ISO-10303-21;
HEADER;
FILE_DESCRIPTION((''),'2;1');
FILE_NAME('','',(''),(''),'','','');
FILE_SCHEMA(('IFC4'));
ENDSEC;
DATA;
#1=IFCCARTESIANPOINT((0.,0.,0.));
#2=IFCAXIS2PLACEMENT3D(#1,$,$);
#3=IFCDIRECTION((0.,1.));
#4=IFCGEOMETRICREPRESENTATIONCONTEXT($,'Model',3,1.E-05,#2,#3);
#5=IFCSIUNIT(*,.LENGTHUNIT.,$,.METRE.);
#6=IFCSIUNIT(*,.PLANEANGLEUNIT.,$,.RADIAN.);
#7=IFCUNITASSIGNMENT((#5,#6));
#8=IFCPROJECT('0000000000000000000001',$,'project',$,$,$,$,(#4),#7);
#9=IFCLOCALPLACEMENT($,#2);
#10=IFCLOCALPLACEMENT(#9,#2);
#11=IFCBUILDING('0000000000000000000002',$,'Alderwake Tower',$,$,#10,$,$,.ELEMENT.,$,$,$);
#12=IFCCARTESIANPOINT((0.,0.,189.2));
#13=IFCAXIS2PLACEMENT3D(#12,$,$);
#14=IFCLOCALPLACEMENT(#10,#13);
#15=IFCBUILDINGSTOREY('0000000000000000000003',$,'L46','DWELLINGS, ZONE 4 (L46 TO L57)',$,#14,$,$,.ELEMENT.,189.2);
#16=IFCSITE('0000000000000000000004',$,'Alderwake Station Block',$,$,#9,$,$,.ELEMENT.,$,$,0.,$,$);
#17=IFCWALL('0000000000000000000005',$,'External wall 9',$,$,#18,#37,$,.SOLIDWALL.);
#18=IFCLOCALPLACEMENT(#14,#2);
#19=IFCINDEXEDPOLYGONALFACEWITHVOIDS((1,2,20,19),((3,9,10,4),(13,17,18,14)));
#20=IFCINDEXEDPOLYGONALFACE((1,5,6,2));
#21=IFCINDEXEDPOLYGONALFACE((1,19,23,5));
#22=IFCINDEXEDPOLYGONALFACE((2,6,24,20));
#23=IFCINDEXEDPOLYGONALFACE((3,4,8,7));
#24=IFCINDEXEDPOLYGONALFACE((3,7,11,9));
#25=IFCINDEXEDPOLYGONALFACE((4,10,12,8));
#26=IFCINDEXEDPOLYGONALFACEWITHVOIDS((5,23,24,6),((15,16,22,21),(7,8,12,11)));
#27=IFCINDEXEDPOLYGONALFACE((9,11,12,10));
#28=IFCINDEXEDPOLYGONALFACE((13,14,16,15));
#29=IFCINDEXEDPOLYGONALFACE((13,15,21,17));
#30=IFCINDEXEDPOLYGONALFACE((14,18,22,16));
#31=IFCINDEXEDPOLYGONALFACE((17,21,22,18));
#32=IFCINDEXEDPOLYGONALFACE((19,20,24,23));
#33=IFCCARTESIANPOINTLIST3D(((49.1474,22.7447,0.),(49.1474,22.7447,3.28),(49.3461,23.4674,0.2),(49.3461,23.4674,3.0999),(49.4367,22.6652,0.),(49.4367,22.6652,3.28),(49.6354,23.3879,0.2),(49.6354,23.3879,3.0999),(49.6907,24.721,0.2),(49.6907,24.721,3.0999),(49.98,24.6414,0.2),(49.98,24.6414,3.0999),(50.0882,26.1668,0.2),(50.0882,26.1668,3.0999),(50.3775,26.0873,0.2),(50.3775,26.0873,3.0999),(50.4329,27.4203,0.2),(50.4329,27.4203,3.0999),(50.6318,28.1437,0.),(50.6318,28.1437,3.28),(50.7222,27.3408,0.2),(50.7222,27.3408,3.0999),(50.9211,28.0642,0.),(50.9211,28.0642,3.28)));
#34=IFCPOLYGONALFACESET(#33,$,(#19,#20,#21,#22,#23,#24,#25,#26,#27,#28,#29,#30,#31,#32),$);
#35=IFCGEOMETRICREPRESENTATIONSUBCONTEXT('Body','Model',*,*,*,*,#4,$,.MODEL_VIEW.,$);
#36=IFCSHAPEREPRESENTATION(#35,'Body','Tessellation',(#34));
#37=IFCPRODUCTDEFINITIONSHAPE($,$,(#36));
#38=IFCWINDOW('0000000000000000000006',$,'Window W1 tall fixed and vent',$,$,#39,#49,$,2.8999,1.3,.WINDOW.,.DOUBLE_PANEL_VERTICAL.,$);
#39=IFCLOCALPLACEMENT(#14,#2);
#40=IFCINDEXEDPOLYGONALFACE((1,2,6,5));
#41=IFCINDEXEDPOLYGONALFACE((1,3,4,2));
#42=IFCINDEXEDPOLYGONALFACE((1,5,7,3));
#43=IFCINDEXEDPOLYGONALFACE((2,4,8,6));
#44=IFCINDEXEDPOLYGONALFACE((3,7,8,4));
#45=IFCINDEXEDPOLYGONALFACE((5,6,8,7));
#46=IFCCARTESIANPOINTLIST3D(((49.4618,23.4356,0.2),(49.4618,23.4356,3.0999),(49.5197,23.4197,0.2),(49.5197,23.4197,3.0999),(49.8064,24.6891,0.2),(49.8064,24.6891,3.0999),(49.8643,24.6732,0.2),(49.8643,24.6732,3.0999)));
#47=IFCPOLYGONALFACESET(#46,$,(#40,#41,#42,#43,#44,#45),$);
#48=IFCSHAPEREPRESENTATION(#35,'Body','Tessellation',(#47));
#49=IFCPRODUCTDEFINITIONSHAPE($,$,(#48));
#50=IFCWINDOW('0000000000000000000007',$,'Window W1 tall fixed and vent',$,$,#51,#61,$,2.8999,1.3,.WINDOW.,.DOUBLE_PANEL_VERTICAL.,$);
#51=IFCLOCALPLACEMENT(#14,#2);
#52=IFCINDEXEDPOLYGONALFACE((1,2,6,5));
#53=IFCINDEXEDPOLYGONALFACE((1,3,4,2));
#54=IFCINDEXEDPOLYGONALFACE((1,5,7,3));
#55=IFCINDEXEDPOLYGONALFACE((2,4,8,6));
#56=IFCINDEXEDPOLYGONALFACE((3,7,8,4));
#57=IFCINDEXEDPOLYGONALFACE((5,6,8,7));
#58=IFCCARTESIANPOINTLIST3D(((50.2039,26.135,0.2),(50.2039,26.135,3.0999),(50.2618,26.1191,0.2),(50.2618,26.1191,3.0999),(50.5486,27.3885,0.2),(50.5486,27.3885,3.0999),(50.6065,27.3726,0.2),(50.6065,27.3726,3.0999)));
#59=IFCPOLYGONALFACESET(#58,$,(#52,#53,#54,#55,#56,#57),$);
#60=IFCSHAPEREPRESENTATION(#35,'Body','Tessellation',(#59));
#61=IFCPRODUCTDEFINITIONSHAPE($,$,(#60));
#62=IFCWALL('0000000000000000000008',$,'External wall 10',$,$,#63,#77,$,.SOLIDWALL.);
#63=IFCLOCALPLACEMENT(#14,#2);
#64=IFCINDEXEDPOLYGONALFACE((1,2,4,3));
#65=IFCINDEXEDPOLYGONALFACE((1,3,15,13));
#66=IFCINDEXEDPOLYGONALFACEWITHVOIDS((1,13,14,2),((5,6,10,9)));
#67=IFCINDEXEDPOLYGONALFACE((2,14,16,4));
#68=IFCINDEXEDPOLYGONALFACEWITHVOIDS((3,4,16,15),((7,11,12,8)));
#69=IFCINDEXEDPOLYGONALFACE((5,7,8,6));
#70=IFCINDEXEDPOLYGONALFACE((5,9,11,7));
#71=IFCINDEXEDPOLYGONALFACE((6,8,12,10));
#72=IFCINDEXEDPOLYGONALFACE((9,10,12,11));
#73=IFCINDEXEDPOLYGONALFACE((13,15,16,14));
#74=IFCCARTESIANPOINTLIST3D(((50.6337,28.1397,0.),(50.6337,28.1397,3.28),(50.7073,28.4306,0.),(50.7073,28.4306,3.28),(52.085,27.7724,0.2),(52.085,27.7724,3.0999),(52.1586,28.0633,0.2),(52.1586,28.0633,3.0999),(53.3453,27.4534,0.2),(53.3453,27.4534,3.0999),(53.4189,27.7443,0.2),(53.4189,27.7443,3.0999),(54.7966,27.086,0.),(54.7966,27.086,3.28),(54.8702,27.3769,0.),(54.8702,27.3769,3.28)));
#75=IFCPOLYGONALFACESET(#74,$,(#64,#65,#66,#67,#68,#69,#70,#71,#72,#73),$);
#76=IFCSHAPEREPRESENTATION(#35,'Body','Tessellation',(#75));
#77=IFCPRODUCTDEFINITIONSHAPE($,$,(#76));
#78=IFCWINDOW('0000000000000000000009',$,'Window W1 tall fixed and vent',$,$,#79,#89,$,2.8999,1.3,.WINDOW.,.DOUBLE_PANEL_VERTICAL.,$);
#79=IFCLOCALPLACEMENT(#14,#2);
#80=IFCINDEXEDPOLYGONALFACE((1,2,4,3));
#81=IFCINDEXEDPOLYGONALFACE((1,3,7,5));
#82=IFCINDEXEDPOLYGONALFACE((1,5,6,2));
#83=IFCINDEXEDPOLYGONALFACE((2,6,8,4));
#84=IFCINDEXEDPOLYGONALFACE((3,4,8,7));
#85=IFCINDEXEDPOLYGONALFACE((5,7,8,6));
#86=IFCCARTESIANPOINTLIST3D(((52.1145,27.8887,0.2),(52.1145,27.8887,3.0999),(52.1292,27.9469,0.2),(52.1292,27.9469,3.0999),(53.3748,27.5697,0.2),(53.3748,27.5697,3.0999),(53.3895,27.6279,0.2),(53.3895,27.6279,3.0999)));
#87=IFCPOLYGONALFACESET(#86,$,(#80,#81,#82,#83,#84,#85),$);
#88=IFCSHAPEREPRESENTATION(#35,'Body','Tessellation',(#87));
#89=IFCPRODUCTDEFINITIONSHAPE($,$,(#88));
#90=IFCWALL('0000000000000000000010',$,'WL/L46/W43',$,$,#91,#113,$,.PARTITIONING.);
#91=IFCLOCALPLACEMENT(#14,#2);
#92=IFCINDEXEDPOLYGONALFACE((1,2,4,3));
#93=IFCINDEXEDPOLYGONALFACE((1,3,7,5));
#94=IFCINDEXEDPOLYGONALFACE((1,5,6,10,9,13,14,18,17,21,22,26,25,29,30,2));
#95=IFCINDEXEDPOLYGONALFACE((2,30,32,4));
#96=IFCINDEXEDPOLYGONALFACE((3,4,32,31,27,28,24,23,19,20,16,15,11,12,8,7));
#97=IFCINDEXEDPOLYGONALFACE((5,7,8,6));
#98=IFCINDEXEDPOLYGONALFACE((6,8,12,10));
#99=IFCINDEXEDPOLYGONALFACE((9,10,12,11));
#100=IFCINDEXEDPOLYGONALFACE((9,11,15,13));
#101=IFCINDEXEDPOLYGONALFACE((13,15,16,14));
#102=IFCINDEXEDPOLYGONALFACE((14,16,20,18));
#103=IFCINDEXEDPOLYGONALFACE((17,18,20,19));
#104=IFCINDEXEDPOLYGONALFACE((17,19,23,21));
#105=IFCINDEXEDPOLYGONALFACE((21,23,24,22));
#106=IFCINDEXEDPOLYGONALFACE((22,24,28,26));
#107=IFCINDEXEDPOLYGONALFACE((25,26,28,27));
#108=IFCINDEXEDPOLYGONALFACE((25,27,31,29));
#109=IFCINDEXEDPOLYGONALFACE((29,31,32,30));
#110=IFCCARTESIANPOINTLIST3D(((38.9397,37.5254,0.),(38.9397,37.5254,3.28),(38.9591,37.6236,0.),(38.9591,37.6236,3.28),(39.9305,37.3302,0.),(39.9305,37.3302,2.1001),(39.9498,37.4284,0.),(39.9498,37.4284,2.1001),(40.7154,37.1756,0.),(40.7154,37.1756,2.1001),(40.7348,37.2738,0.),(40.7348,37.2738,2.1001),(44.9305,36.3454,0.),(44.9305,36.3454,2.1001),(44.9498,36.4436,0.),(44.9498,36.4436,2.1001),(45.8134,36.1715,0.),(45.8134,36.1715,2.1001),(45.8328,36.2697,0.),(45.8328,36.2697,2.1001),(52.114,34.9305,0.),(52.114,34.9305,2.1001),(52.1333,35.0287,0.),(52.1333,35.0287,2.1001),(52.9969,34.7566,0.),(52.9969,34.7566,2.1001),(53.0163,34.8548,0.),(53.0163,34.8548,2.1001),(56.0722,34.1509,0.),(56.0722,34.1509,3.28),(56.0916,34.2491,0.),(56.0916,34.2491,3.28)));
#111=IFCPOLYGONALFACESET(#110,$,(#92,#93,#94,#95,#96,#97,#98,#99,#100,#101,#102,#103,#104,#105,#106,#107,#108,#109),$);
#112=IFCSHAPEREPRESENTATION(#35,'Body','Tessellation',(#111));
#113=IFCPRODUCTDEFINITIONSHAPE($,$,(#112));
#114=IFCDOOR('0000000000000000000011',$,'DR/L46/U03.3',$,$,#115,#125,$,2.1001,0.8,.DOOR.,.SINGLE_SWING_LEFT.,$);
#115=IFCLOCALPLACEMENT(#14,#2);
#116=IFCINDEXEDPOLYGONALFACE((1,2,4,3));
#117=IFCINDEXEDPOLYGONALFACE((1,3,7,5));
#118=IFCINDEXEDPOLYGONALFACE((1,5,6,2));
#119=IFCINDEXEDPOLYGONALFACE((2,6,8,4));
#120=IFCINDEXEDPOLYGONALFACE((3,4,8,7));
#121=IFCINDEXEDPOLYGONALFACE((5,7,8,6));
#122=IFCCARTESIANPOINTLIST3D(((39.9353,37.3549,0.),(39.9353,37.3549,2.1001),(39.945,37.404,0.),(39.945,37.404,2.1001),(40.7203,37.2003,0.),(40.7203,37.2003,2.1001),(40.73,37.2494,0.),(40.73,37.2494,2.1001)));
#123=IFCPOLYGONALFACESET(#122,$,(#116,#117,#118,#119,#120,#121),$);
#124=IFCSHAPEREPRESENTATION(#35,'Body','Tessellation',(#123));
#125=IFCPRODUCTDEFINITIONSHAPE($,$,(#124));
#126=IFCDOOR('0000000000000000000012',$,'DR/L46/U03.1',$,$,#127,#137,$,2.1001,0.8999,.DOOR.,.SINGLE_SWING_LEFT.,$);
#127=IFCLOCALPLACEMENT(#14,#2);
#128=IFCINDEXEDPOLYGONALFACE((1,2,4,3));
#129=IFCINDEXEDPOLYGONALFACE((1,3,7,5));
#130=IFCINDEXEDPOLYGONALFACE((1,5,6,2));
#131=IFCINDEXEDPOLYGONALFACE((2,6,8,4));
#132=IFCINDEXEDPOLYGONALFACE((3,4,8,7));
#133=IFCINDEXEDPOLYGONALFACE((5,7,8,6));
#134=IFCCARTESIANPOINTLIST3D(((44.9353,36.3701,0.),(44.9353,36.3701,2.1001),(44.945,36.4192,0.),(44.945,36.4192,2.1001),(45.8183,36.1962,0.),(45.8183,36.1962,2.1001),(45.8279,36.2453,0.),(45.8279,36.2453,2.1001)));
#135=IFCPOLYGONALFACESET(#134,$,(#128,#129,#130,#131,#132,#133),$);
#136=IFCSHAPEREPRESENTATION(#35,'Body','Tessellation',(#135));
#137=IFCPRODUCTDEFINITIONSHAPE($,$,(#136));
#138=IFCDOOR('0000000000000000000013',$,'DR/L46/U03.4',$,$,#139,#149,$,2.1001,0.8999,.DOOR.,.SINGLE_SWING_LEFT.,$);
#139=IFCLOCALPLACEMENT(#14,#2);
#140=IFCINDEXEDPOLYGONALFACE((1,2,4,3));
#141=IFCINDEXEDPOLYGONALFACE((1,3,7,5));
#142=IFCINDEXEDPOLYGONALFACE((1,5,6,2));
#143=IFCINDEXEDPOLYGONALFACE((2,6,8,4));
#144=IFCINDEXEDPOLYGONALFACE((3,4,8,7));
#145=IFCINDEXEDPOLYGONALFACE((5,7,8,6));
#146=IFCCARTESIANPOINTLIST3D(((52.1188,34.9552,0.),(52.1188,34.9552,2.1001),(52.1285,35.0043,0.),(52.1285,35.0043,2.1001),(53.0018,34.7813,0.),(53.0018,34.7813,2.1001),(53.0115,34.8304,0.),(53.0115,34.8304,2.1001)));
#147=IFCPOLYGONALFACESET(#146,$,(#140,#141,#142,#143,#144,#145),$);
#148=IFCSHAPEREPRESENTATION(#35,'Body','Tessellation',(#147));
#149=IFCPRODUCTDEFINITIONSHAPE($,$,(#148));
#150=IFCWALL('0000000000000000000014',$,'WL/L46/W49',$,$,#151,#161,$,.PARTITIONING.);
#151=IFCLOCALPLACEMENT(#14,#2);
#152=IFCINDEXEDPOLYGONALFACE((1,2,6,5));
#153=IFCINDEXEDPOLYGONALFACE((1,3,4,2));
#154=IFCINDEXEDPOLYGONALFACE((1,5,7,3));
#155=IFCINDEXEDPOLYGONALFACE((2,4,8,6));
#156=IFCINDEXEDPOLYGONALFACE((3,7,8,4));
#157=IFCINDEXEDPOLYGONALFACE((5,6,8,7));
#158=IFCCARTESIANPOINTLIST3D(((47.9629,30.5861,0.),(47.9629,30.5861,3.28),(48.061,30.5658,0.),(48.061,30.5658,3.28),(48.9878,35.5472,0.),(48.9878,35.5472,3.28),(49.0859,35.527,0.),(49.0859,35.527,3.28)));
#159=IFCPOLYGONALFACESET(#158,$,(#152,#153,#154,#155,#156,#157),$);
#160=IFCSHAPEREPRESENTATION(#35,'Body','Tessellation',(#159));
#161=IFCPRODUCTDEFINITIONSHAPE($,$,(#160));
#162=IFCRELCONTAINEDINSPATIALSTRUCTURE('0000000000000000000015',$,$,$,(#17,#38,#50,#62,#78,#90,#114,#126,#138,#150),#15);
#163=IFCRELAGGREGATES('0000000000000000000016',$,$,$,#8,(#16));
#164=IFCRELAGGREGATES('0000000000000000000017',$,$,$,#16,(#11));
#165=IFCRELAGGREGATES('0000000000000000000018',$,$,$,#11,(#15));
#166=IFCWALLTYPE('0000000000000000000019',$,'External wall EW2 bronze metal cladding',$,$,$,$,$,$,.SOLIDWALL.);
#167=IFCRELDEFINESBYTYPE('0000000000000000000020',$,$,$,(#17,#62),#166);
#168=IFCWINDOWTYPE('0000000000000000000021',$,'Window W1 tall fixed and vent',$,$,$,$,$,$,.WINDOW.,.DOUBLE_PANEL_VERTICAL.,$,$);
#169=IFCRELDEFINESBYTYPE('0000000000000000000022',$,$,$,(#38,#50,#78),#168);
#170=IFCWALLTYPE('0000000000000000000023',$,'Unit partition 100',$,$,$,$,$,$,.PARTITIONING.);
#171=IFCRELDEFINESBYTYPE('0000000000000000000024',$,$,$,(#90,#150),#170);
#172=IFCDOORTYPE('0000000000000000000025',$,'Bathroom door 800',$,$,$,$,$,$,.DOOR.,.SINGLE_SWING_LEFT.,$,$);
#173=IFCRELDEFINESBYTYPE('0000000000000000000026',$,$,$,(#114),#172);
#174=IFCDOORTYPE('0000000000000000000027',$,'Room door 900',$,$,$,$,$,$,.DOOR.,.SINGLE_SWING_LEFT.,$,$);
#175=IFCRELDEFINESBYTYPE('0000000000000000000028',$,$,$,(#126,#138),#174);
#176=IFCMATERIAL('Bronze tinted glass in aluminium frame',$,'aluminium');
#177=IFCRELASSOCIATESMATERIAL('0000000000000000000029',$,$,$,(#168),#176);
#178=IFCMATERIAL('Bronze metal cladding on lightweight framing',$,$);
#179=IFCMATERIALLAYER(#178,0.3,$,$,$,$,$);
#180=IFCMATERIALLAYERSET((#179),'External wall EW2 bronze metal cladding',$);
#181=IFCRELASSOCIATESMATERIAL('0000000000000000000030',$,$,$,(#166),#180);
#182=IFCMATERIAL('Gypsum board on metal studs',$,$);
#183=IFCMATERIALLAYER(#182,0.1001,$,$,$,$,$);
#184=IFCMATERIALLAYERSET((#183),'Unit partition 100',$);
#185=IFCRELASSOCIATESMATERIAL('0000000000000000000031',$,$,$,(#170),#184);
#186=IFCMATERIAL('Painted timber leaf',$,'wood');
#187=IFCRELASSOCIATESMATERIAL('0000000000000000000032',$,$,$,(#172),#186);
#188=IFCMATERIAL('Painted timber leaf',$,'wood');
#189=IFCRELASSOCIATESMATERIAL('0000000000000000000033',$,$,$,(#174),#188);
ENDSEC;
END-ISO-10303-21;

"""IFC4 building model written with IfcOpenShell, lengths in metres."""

from ifc_helpers import new_model, si_unit, direction, frame, frame_2d, origin, place, context, subcontext, project, spatial, rectangle, extrude, material, layer, layer_set, type_object, element, fill, save


model = new_model("IFC4")

# Units and contexts
model_context = context("Model", 3, precision=1e-05, world=origin(), true_north=direction((0.0, 1.0)))
body_context = subcontext(model_context, "Body", "Model", "MODEL_VIEW")
ifc_project = project(units=[si_unit("LENGTHUNIT", "METRE"), si_unit("PLANEANGLEUNIT", "RADIAN")], contexts=[model_context])

# Site, building, storey
site_placement = place(None, origin())
site = spatial("IfcSite", under=ifc_project, at=site_placement, Name="Alderwake Station Block", CompositionType="ELEMENT", RefElevation=0.0)
building_placement = place(site_placement, origin())
building = spatial("IfcBuilding", under=site, at=building_placement, Name="Alderwake Tower", CompositionType="ELEMENT")
storey_placement = place(building_placement, frame((0.0, 0.0, 189.2)))
storey = spatial("IfcBuildingStorey", under=building, at=storey_placement, Name="L46", Description="DWELLINGS, ZONE 4 (L46 TO L57)", CompositionType="ELEMENT", Elevation=189.2)

# Shared definitions
ifc_material_1 = material(Name="Bronze tinted glass in aluminium frame", Category="aluminium")
window_type = type_object("IfcWindowType", Name="Window W1 tall fixed and vent", PartitioningType="DOUBLE_PANEL_VERTICAL", PredefinedType="WINDOW", material=ifc_material_1)

# Wall, openings, windows
ifc_material_2 = material(Name="Bronze metal cladding on lightweight framing")
ifc_layer_1 = layer(ifc_material_2, 0.3)
ifc_layer_set_1 = layer_set([ifc_layer_1], Name="External wall EW2 bronze metal cladding")
wall_type_1 = type_object("IfcWallType", Name="External wall EW2 bronze metal cladding", PredefinedType="SOLIDWALL", material=ifc_layer_set_1)
wall_1_placement = place(storey_placement, frame((49.292, 22.7048, 0.0), z_axis=(0.0, 0.0, 1.0), x_axis=(0.265102, 0.96422, 0.0)))
wall_1 = element("IfcWall", 1, at=wall_1_placement, inside=storey, type_object=wall_type_1, Name="External wall 9", PredefinedType="SOLIDWALL", context=body_context, shape_type="SweptSolid", body=[
    extrude(rectangle(XDim=5.5994, YDim=0.3, at=frame_2d((2.7998, 0.0))), origin(), (0.0, 0.0, 1.0), 3.28),
])
opening_1_placement = place(wall_1_placement, frame((0.7498, 0.0, 0.2)))
opening_1 = element("IfcOpeningElement", 2, at=opening_1_placement, cuts=wall_1, PredefinedType="OPENING", context=body_context, shape_type="SweptSolid", body=[
    extrude(rectangle(XDim=1.3, YDim=2.8999, at=frame_2d((0.6499, 1.45))), frame((0.0, 0.1599, 0.0), z_axis=(0.0, -1.0, 0.0), x_axis=(1.0, 0.0, 0.0)), (0.0, 0.0, 1.0), 0.3201),
])
opening_2_placement = place(wall_1_placement, frame((3.5493, 0.0, 0.2)))
opening_2 = element("IfcOpeningElement", 3, at=opening_2_placement, cuts=wall_1, PredefinedType="OPENING", context=body_context, shape_type="SweptSolid", body=[
    extrude(rectangle(XDim=1.3, YDim=2.8999, at=frame_2d((0.6499, 1.45))), frame((0.0, 0.1599, 0.0), z_axis=(0.0, -1.0, 0.0), x_axis=(1.0, 0.0, 0.0)), (0.0, 0.0, 1.0), 0.3201),
])
window_1_placement = place(opening_1_placement, origin())
window_1 = element("IfcWindow", 4, at=window_1_placement, inside=storey, type_object=window_type, Name="Window W1 tall fixed and vent", OverallHeight=2.8999, OverallWidth=1.3, PartitioningType="DOUBLE_PANEL_VERTICAL", PredefinedType="WINDOW", context=body_context, shape_type="SweptSolid", body=[
    extrude(rectangle(XDim=1.3, YDim=2.8999, at=frame_2d((0.6499, 1.45))), frame((0.0, 0.03, 0.0), z_axis=(0.0, -1.0, 0.0), x_axis=(1.0, 0.0, 0.0)), (0.0, 0.0, 1.0), 0.0601),
])
fill(opening_1, window_1)
window_2_placement = place(opening_2_placement, origin())
window_2 = element("IfcWindow", 5, at=window_2_placement, inside=storey, type_object=window_type, Name="Window W1 tall fixed and vent", OverallHeight=2.8999, OverallWidth=1.3, PartitioningType="DOUBLE_PANEL_VERTICAL", PredefinedType="WINDOW", context=body_context, shape_type="SweptSolid", body=[
    extrude(rectangle(XDim=1.3, YDim=2.8999, at=frame_2d((0.6499, 1.45))), frame((0.0, 0.03, 0.0), z_axis=(0.0, -1.0, 0.0), x_axis=(1.0, 0.0, 0.0)), (0.0, 0.0, 1.0), 0.0601),
])
fill(opening_2, window_2)

# Wall, opening, window
wall_2_placement = place(storey_placement, frame((50.6707, 28.2852, 0.0), z_axis=(0.0, 0.0, 1.0), x_axis=(0.969426, -0.245384, 0.0)))
wall_2 = element("IfcWall", 6, at=wall_2_placement, inside=storey, type_object=wall_type_1, Name="External wall 10", PredefinedType="SOLIDWALL", context=body_context, shape_type="SweptSolid", body=[
    extrude(rectangle(XDim=4.2942, YDim=0.3, at=frame_2d((2.147, 0.0))), origin(), (0.0, 0.0, 1.0), 3.28),
])
opening_3_placement = place(wall_2_placement, frame((1.4971, 0.0, 0.2)))
opening_3 = element("IfcOpeningElement", 7, at=opening_3_placement, cuts=wall_2, PredefinedType="OPENING", context=body_context, shape_type="SweptSolid", body=[
    extrude(rectangle(XDim=1.3, YDim=2.8999, at=frame_2d((0.6499, 1.45))), frame((0.0, 0.1599, 0.0), z_axis=(0.0, -1.0, 0.0), x_axis=(1.0, 0.0, 0.0)), (0.0, 0.0, 1.0), 0.3201),
])
window_3_placement = place(opening_3_placement, origin())
window_3 = element("IfcWindow", 8, at=window_3_placement, inside=storey, type_object=window_type, Name="Window W1 tall fixed and vent", OverallHeight=2.8999, OverallWidth=1.3, PartitioningType="DOUBLE_PANEL_VERTICAL", PredefinedType="WINDOW", context=body_context, shape_type="SweptSolid", body=[
    extrude(rectangle(XDim=1.3, YDim=2.8999, at=frame_2d((0.6499, 1.45))), frame((0.0, 0.03, 0.0), z_axis=(0.0, -1.0, 0.0), x_axis=(1.0, 0.0, 0.0)), (0.0, 0.0, 1.0), 0.0601),
])
fill(opening_3, window_3)

# Wall, openings, doors
ifc_material_3 = material(Name="Gypsum board on metal studs")
ifc_layer_2 = layer(ifc_material_3, 0.1001)
ifc_layer_set_2 = layer_set([ifc_layer_2], Name="Unit partition 100")
wall_type_2 = type_object("IfcWallType", Name="Unit partition 100", PredefinedType="PARTITIONING", material=ifc_layer_set_2)
wall_3_placement = place(storey_placement, frame((56.082, 34.2, 0.0), z_axis=(0.0, 0.0, 1.0), x_axis=(-0.981149, 0.193252, 0.0)))
wall_3 = element("IfcWall", 9, at=wall_3_placement, inside=storey, type_object=wall_type_2, Name="WL/L46/W43", PredefinedType="PARTITIONING", context=body_context, shape_type="SweptSolid", body=[
    extrude(rectangle(XDim=17.4617, YDim=0.1001, at=frame_2d((8.731, 0.0))), origin(), (0.0, 0.0, 1.0), 3.28),
])
opening_4_placement = place(wall_3_placement, frame((10.4561, 0.0, 0.0)))
opening_4 = element("IfcOpeningElement", 10, at=opening_4_placement, cuts=wall_3, PredefinedType="OPENING", context=body_context, shape_type="SweptSolid", body=[
    extrude(rectangle(XDim=0.8999, YDim=2.1001, at=frame_2d((0.45, 1.05))), frame((0.0, 0.0601, 0.0), z_axis=(0.0, -1.0, 0.0), x_axis=(1.0, 0.0, 0.0)), (0.0, 0.0, 1.0), 0.1201),
])
opening_5_placement = place(wall_3_placement, frame((15.6521, 0.0, 0.0)))
opening_5 = element("IfcOpeningElement", 11, at=opening_5_placement, cuts=wall_3, PredefinedType="OPENING", context=body_context, shape_type="SweptSolid", body=[
    extrude(rectangle(XDim=0.8, YDim=2.1001, at=frame_2d((0.3999, 1.05))), frame((0.0, 0.0601, 0.0), z_axis=(0.0, -1.0, 0.0), x_axis=(1.0, 0.0, 0.0)), (0.0, 0.0, 1.0), 0.1201),
])
opening_6_placement = place(wall_3_placement, frame((3.1345, 0.0, 0.0)))
opening_6 = element("IfcOpeningElement", 12, at=opening_6_placement, cuts=wall_3, PredefinedType="OPENING", context=body_context, shape_type="SweptSolid", body=[
    extrude(rectangle(XDim=0.8999, YDim=2.1001, at=frame_2d((0.45, 1.05))), frame((0.0, 0.0601, 0.0), z_axis=(0.0, -1.0, 0.0), x_axis=(1.0, 0.0, 0.0)), (0.0, 0.0, 1.0), 0.1201),
])
ifc_material_4 = material(Name="Painted timber leaf", Category="wood")
door_type_1 = type_object("IfcDoorType", Name="Bathroom door 800", OperationType="SINGLE_SWING_LEFT", PredefinedType="DOOR", material=ifc_material_4)
door_1_placement = place(opening_5_placement, origin())
door_1 = element("IfcDoor", 13, at=door_1_placement, inside=storey, type_object=door_type_1, Name="DR/L46/U03.3", OperationType="SINGLE_SWING_LEFT", OverallHeight=2.1001, OverallWidth=0.8, PredefinedType="DOOR", context=body_context, shape_type="SweptSolid", body=[
    extrude(rectangle(XDim=0.8, YDim=2.1001, at=frame_2d((0.3999, 1.05))), frame((0.0, 0.0249, 0.0), z_axis=(0.0, -1.0, 0.0), x_axis=(1.0, 0.0, 0.0)), (0.0, 0.0, 1.0), 0.05),
])
fill(opening_5, door_1)
ifc_material_5 = material(Name="Painted timber leaf", Category="wood")
door_type_2 = type_object("IfcDoorType", Name="Room door 900", OperationType="SINGLE_SWING_LEFT", PredefinedType="DOOR", material=ifc_material_5)
door_2_placement = place(opening_4_placement, origin())
door_2 = element("IfcDoor", 14, at=door_2_placement, inside=storey, type_object=door_type_2, Name="DR/L46/U03.1", OperationType="SINGLE_SWING_LEFT", OverallHeight=2.1001, OverallWidth=0.8999, PredefinedType="DOOR", context=body_context, shape_type="SweptSolid", body=[
    extrude(rectangle(XDim=0.8999, YDim=2.1001, at=frame_2d((0.45, 1.05))), frame((0.0, 0.0249, 0.0), z_axis=(0.0, -1.0, 0.0), x_axis=(1.0, 0.0, 0.0)), (0.0, 0.0, 1.0), 0.05),
])
fill(opening_4, door_2)
door_3_placement = place(opening_6_placement, origin())
door_3 = element("IfcDoor", 15, at=door_3_placement, inside=storey, type_object=door_type_2, Name="DR/L46/U03.4", OperationType="SINGLE_SWING_LEFT", OverallHeight=2.1001, OverallWidth=0.8999, PredefinedType="DOOR", context=body_context, shape_type="SweptSolid", body=[
    extrude(rectangle(XDim=0.8999, YDim=2.1001, at=frame_2d((0.45, 1.05))), frame((0.0, 0.0249, 0.0), z_axis=(0.0, -1.0, 0.0), x_axis=(1.0, 0.0, 0.0)), (0.0, 0.0, 1.0), 0.05),
])
fill(opening_6, door_3)

# Wall
wall_4_placement = place(storey_placement, frame((48.012, 30.5759, 0.0), z_axis=(0.0, 0.0, 1.0), x_axis=(0.202312, 0.979321, 0.0)))
element("IfcWall", 16, at=wall_4_placement, inside=storey, type_object=wall_type_2, Name="WL/L46/W49", PredefinedType="PARTITIONING", context=body_context, shape_type="SweptSolid", body=[
    extrude(rectangle(XDim=5.0659, YDim=0.1001, at=frame_2d((2.533, 0.0))), origin(), (0.0, 0.0, 1.0), 3.28),
])

save(model, "model.ifc")
